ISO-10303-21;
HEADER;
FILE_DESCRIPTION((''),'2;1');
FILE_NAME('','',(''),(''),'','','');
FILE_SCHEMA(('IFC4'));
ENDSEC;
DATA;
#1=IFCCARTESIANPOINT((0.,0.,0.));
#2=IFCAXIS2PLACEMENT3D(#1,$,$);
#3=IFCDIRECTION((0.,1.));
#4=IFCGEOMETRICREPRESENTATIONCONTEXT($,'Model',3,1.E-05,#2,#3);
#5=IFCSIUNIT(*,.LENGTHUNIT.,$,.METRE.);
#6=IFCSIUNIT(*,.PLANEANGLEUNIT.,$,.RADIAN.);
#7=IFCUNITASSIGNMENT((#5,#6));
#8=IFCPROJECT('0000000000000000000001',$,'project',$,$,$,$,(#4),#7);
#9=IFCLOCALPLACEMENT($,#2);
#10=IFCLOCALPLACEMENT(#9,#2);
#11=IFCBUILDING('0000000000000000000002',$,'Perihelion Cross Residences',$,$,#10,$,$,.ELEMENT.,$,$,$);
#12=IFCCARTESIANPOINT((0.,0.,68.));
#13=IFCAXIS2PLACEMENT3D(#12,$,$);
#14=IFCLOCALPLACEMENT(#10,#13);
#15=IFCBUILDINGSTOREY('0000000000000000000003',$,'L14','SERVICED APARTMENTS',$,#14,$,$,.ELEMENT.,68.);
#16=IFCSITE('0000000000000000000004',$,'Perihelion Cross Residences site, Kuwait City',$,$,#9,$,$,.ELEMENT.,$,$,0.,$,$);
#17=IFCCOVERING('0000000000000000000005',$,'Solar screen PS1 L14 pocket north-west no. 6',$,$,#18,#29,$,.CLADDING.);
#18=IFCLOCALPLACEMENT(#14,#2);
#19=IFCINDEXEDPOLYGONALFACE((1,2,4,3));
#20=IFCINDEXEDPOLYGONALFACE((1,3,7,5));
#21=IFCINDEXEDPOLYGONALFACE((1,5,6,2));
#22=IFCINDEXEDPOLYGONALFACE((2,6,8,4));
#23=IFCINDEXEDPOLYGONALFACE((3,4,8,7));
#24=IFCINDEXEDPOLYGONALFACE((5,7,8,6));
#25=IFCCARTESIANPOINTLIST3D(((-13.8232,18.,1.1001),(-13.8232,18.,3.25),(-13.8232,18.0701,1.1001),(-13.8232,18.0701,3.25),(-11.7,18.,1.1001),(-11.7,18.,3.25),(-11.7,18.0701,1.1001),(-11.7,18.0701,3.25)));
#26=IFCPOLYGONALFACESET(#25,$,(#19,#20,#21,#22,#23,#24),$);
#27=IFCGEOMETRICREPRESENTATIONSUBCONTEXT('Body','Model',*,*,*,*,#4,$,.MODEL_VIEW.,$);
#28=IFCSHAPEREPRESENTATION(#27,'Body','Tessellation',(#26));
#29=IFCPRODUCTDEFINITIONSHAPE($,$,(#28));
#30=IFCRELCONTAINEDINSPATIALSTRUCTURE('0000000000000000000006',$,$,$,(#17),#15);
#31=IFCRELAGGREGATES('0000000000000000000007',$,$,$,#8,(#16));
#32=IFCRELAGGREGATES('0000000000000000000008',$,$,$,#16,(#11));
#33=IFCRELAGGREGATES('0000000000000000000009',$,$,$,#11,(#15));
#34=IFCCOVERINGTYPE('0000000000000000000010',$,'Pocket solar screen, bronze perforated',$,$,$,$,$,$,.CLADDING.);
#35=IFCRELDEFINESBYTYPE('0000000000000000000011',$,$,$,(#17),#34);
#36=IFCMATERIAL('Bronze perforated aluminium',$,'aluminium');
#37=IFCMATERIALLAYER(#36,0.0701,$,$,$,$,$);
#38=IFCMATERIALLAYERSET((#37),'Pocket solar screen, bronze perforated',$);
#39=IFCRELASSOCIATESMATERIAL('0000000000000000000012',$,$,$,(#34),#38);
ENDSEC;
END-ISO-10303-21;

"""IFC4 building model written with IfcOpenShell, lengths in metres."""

from ifc_helpers import new_model, si_unit, direction, frame, origin, place, context, subcontext, project, spatial, polyline, outline, extrude, material, layer, layer_set, type_object, element, save


model = new_model("IFC4")

# Units and contexts
model_context = context("Model", 3, precision=1e-05, world=origin(), true_north=direction((0.0, 1.0)))
body_context = subcontext(model_context, "Body", "Model", "MODEL_VIEW")
ifc_project = project(units=[si_unit("LENGTHUNIT", "METRE"), si_unit("PLANEANGLEUNIT", "RADIAN")], contexts=[model_context])

# Site, building, storey
site_placement = place(None, origin())
site = spatial("IfcSite", under=ifc_project, at=site_placement, Name="Perihelion Cross Residences site, Kuwait City", CompositionType="ELEMENT", RefElevation=0.0)
building_placement = place(site_placement, origin())
building = spatial("IfcBuilding", under=site, at=building_placement, Name="Perihelion Cross Residences", CompositionType="ELEMENT")
storey_placement = place(building_placement, frame((0.0, 0.0, 68.0)))
storey = spatial("IfcBuildingStorey", under=building, at=storey_placement, Name="L14", Description="SERVICED APARTMENTS", CompositionType="ELEMENT", Elevation=68.0)

# Covering
ifc_material_1 = material(Name="Bronze perforated aluminium", Category="aluminium")
ifc_layer_1 = layer(ifc_material_1, 0.0701)
ifc_layer_set_1 = layer_set([ifc_layer_1], Name="Pocket solar screen, bronze perforated")
covering_type_1 = type_object("IfcCoveringType", Name="Pocket solar screen, bronze perforated", PredefinedType="CLADDING", material=ifc_layer_set_1)
covering_1_placement = place(storey_placement, frame((0.0, 0.0, 1.1001)))
element("IfcCovering", 1, at=covering_1_placement, inside=storey, type_object=covering_type_1, Name="Solar screen PS1 L14 pocket north-west no. 6", PredefinedType="CLADDING", context=body_context, shape_type="SweptSolid", body=[
    extrude(outline(polyline([(-11.7, 18.0), (-11.7, 18.0701), (-13.8232, 18.0701), (-13.8232, 18.0), (-11.7, 18.0)])), origin(), (0.0, 0.0, 1.0), 2.1499),
])

save(model, "model.ifc")
